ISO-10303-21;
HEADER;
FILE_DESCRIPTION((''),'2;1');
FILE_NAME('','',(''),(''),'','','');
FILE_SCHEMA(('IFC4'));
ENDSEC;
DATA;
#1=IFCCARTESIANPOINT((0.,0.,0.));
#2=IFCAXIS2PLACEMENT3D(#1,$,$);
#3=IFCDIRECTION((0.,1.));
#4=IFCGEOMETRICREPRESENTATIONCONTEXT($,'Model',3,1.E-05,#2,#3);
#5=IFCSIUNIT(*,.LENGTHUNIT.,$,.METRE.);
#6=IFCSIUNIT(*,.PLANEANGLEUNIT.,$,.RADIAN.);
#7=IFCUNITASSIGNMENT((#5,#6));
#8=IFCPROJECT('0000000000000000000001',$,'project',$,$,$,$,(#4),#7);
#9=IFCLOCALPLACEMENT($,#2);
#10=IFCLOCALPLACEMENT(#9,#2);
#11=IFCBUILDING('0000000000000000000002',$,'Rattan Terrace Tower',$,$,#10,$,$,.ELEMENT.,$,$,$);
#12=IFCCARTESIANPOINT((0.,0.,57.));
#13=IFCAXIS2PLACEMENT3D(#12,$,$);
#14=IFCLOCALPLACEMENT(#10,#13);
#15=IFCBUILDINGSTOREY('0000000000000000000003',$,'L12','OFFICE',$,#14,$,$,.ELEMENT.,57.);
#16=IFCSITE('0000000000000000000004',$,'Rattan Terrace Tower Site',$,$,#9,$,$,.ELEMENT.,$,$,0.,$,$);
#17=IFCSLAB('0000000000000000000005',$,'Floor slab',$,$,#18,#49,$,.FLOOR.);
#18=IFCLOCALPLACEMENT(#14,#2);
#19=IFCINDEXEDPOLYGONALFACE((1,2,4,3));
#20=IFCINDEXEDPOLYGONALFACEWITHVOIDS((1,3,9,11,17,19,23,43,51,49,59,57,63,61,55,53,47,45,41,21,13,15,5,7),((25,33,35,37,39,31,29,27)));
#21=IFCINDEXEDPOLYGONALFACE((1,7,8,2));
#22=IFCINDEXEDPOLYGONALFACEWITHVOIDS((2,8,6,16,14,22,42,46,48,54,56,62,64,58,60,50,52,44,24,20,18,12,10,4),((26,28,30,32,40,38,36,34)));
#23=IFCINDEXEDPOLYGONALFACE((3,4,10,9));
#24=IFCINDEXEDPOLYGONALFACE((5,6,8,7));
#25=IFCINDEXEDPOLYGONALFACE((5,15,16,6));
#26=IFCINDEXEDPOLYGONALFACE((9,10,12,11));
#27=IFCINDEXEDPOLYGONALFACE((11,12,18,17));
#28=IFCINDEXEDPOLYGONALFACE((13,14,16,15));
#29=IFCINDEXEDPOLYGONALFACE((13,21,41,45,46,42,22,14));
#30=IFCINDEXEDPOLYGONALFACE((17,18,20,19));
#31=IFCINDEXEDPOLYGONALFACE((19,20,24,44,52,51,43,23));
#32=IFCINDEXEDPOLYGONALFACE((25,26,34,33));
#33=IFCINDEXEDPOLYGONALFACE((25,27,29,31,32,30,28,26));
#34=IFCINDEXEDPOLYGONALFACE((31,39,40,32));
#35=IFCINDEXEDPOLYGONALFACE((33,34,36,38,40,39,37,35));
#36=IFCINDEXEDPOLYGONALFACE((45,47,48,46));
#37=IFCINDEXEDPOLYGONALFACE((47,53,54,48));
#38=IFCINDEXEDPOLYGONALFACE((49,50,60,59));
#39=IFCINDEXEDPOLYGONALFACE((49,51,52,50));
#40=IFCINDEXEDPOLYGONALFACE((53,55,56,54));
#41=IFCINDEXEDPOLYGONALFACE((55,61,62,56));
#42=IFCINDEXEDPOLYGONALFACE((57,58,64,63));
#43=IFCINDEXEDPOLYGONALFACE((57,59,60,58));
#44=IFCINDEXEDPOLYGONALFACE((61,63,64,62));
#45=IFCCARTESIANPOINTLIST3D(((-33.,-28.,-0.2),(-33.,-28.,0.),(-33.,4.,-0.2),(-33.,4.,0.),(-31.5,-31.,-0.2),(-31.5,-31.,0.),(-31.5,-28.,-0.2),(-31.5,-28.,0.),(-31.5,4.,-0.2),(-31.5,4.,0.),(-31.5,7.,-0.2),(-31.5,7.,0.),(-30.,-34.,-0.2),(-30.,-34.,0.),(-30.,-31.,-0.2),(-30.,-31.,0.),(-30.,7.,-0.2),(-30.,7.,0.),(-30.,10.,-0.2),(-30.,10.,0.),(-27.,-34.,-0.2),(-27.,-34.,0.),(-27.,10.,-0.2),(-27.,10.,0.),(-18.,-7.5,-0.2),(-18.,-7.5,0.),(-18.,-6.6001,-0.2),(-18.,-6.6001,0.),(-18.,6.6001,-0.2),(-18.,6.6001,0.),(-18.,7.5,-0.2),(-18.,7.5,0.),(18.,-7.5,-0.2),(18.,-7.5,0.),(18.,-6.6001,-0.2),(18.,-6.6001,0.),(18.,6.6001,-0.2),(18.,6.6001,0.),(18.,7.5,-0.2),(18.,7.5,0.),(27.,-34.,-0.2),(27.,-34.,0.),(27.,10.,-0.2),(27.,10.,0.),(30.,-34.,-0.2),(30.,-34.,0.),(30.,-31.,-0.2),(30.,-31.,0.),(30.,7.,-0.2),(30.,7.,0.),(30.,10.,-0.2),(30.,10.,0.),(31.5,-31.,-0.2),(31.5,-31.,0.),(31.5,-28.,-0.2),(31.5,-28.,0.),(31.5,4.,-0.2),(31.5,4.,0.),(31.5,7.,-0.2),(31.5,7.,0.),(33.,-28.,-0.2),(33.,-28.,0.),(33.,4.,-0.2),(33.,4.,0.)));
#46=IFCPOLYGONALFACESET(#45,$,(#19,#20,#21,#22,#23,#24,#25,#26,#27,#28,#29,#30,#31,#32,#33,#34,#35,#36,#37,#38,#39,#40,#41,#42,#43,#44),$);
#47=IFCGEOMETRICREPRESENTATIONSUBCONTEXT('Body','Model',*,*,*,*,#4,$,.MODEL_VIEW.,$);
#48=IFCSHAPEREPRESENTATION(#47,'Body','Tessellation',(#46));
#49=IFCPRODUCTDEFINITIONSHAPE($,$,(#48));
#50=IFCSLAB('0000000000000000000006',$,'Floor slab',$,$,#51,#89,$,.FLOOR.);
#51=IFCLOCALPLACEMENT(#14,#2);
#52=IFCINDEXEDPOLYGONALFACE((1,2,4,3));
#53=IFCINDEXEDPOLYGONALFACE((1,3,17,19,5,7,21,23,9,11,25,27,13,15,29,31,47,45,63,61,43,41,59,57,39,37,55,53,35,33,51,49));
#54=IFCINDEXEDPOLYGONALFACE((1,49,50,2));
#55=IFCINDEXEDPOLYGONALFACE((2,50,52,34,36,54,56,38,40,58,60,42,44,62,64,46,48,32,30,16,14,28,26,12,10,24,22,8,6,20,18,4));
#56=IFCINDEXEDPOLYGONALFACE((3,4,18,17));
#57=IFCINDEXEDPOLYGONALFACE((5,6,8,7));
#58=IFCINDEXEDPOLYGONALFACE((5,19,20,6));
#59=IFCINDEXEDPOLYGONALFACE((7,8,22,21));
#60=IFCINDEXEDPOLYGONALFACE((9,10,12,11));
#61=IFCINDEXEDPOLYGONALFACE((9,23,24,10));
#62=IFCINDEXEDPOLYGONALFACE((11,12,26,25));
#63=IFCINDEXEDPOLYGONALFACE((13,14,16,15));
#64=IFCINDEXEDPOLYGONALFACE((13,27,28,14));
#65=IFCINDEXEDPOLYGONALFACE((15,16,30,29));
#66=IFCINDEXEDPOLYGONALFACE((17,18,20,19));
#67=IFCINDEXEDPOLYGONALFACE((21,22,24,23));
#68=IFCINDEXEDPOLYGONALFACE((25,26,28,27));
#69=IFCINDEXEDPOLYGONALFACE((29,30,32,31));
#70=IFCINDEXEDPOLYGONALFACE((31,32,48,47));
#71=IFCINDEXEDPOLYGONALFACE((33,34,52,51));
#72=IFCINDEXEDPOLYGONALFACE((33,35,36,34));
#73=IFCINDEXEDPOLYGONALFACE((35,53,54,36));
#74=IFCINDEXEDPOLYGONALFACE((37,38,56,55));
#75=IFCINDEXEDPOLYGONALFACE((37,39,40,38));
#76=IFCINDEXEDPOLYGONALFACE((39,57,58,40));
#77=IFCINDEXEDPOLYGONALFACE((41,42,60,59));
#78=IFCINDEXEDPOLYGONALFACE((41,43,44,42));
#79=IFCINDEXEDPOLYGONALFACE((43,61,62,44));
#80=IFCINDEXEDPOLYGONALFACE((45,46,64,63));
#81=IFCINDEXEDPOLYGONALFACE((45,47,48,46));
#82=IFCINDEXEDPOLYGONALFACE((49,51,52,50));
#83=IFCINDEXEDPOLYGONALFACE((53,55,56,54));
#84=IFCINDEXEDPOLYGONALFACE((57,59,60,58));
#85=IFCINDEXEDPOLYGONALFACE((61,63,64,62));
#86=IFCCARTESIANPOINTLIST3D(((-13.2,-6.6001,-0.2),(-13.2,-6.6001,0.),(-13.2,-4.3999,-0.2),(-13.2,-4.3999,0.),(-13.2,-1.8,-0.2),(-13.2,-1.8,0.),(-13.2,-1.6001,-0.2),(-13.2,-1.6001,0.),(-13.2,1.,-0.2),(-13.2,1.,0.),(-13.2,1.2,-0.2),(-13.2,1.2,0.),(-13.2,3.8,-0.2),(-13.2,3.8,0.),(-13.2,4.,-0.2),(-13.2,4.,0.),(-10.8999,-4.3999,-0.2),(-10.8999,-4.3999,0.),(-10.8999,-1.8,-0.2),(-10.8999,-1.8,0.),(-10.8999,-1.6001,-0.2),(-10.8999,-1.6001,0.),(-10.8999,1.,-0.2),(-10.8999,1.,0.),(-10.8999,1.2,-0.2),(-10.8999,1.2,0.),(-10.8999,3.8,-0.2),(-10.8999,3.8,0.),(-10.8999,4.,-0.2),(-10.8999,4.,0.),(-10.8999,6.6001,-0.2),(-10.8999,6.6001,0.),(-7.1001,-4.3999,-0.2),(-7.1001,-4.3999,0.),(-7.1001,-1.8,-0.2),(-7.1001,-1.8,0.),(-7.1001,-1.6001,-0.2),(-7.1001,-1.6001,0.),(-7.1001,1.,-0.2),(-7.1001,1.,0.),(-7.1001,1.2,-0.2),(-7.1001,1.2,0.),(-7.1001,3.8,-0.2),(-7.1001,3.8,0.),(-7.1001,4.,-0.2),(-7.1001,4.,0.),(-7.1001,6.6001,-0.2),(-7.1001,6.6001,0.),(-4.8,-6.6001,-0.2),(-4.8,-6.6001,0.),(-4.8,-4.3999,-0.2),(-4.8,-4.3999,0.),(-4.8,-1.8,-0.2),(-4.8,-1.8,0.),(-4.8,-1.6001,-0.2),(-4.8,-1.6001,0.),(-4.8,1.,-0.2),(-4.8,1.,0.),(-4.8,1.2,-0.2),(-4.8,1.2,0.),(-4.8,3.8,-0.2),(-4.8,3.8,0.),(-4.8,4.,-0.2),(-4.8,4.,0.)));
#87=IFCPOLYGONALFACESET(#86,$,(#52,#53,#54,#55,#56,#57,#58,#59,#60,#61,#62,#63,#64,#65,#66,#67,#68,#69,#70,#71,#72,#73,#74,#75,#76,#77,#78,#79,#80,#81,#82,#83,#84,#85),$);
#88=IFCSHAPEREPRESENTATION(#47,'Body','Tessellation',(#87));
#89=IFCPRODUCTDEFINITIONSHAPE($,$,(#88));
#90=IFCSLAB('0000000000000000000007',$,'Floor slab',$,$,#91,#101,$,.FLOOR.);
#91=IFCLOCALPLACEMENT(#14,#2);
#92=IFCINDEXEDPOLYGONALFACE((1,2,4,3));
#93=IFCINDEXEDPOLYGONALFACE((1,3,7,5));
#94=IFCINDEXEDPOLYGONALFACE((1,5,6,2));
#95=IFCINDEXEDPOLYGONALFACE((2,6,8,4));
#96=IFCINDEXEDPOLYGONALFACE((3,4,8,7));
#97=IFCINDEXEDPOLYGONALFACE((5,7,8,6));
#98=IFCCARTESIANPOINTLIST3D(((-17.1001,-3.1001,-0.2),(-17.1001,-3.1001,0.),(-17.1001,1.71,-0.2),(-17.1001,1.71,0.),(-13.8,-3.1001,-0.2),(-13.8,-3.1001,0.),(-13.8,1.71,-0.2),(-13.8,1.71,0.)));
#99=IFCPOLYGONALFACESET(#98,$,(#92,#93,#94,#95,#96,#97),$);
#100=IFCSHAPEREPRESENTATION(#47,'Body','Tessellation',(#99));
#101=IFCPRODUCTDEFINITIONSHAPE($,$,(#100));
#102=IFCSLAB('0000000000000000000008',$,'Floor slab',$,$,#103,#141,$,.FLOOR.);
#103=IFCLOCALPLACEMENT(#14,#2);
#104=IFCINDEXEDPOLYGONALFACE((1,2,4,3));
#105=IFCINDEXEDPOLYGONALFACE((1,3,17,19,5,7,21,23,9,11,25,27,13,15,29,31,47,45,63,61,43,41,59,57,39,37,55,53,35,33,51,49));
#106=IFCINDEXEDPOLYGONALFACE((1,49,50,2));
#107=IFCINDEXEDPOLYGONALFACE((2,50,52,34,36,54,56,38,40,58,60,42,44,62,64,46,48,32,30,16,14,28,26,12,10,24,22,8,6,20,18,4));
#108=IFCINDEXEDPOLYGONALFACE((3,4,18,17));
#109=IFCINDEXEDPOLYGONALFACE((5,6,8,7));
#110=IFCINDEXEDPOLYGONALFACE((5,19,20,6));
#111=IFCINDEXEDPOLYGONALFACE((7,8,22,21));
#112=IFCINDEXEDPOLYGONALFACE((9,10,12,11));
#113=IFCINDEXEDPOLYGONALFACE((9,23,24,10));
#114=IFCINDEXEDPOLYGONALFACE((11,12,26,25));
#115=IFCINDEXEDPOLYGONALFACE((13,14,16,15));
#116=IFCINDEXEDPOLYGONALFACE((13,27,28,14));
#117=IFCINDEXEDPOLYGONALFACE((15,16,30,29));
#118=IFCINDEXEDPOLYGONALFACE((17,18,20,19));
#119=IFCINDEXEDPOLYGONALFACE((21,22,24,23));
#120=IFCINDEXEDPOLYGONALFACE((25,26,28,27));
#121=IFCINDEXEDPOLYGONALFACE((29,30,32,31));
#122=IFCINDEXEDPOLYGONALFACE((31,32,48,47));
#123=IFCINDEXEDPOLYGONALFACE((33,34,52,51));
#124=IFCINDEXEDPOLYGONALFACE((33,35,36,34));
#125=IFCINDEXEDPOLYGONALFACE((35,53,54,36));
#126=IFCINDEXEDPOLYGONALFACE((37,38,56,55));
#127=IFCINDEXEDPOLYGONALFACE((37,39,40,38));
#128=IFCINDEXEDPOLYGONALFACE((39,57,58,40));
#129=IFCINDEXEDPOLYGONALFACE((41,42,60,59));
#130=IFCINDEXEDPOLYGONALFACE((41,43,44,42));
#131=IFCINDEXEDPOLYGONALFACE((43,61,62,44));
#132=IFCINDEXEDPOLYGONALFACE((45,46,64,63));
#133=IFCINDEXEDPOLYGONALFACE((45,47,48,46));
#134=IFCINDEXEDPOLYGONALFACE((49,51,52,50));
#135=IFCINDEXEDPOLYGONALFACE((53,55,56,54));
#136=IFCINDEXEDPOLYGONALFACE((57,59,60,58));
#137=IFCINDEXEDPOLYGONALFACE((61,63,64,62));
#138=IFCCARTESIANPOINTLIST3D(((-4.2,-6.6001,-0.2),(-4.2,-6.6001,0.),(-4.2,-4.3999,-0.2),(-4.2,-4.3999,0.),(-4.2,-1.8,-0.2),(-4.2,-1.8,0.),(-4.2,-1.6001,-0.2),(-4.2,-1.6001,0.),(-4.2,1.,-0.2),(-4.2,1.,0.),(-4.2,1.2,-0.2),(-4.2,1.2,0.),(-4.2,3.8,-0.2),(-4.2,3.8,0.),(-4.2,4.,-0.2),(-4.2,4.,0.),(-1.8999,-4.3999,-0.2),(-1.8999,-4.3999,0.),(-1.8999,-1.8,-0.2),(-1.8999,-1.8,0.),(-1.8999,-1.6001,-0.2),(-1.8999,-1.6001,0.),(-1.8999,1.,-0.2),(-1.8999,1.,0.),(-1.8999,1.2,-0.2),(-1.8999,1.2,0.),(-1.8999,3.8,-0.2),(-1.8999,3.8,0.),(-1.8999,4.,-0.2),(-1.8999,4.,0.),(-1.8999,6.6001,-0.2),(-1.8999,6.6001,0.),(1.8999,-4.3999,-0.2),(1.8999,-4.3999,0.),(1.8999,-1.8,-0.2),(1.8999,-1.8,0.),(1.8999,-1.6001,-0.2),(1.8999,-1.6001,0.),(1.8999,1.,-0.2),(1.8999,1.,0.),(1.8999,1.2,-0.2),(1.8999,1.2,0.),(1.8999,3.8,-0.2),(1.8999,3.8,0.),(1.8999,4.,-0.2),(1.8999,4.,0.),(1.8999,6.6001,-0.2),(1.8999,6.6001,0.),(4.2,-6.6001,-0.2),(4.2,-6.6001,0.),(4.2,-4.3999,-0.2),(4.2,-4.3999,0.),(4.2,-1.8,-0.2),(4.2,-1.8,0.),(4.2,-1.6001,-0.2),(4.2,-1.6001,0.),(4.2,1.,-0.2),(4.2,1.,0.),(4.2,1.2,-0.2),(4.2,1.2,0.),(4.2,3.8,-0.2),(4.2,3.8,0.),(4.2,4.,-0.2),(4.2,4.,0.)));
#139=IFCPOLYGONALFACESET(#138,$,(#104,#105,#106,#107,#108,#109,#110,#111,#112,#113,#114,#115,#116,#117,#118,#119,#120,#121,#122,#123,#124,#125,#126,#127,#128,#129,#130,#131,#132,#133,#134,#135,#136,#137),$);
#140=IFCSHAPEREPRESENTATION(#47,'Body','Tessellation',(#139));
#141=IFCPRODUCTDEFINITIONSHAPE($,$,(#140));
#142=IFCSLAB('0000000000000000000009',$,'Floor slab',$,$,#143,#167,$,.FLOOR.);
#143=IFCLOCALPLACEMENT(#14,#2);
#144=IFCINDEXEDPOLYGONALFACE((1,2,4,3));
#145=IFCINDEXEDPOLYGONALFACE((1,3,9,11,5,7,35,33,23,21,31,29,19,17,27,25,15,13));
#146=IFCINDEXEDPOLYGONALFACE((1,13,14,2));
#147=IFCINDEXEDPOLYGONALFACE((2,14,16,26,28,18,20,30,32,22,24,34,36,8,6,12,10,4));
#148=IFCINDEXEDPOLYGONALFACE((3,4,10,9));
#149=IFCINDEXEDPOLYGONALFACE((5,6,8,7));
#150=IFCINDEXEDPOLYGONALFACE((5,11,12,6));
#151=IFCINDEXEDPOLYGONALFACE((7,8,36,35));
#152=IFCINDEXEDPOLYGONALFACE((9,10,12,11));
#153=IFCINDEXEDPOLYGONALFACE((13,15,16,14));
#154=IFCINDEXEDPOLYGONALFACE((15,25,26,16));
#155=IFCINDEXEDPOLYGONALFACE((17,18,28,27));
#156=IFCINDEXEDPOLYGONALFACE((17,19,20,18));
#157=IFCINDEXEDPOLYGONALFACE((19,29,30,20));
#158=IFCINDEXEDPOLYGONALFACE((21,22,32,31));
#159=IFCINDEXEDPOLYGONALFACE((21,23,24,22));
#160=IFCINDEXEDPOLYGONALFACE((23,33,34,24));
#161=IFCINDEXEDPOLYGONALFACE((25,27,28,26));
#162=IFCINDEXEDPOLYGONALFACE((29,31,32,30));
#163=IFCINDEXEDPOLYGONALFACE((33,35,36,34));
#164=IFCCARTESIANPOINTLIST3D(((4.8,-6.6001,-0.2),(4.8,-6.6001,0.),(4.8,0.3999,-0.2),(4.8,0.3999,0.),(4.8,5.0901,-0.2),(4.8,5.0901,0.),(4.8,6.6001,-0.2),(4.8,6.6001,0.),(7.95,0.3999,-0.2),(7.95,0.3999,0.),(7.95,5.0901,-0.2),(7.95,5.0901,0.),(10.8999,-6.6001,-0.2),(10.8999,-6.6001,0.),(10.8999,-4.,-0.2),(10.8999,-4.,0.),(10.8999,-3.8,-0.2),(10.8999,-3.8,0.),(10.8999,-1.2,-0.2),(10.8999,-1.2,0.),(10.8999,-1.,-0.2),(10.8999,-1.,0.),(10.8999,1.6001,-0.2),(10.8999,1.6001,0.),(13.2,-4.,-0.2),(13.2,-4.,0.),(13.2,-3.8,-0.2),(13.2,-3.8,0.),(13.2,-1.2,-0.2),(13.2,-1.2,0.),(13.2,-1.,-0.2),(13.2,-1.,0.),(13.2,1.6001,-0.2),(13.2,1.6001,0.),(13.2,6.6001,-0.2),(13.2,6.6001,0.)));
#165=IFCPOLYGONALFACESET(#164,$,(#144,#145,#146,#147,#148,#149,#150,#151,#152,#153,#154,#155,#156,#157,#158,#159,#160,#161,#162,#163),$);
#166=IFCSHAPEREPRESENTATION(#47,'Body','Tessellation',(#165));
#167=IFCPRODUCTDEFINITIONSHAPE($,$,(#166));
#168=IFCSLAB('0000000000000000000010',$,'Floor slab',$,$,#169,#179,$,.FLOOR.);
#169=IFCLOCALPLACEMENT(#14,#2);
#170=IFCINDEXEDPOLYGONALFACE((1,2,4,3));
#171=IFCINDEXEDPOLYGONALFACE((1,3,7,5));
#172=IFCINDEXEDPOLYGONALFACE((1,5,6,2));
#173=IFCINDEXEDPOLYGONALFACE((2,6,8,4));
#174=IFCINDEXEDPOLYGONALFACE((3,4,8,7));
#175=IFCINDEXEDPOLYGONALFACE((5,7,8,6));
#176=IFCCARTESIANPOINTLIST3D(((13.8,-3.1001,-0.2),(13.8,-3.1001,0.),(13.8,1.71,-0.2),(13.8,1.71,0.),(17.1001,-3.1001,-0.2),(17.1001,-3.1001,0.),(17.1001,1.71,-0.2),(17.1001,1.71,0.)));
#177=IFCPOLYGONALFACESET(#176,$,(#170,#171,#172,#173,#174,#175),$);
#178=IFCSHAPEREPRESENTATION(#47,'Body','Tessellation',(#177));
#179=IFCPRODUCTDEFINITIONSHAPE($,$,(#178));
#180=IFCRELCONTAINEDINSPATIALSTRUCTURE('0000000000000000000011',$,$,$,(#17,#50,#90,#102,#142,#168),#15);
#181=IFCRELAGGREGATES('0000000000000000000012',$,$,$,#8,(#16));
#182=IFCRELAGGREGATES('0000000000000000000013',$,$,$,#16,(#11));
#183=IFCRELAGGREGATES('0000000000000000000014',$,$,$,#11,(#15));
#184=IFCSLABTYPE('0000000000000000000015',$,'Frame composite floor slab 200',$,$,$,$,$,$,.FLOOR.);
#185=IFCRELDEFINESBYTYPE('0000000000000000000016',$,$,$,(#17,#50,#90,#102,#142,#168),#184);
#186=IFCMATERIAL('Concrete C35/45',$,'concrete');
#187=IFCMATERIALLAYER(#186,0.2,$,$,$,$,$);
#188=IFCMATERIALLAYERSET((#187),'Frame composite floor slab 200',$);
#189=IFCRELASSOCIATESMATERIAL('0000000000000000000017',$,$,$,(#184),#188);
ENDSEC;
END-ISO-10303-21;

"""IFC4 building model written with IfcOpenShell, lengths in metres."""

from ifc_helpers import new_model, si_unit, direction, frame, origin, place, context, subcontext, project, spatial, polyline, outline, extrude, material, layer, layer_set, type_object, element, save


model = new_model("IFC4")

# Units and contexts
model_context = context("Model", 3, precision=1e-05, world=origin(), true_north=direction((0.0, 1.0)))
body_context = subcontext(model_context, "Body", "Model", "MODEL_VIEW")
ifc_project = project(units=[si_unit("LENGTHUNIT", "METRE"), si_unit("PLANEANGLEUNIT", "RADIAN")], contexts=[model_context])

# Site, building, storey
site_placement = place(None, origin())
site = spatial("IfcSite", under=ifc_project, at=site_placement, Name="Rattan Terrace Tower Site", CompositionType="ELEMENT", RefElevation=0.0)
building_placement = place(site_placement, origin())
building = spatial("IfcBuilding", under=site, at=building_placement, Name="Rattan Terrace Tower", CompositionType="ELEMENT")
storey_placement = place(building_placement, frame((0.0, 0.0, 57.0)))
storey = spatial("IfcBuildingStorey", under=building, at=storey_placement, Name="L12", Description="OFFICE", CompositionType="ELEMENT", Elevation=57.0)

# Slabs
ifc_material_1 = material(Name="Concrete C35/45", Category="concrete")
ifc_layer_1 = layer(ifc_material_1, 0.2)
ifc_layer_set_1 = layer_set([ifc_layer_1], Name="Frame composite floor slab 200")
slab_type = type_object("IfcSlabType", Name="Frame composite floor slab 200", PredefinedType="FLOOR", material=ifc_layer_set_1)
slab_1_placement = place(storey_placement, frame((0.0, 0.0, -0.2)))
element("IfcSlab", 1, at=slab_1_placement, inside=storey, type_object=slab_type, Name="Floor slab", PredefinedType="FLOOR", context=body_context, shape_type="SweptSolid", body=[
    extrude(outline(polyline([(-27.0, -34.0), (27.0, -34.0), (30.0, -34.0), (30.0, -31.0), (31.5, -31.0), (31.5, -28.0), (33.0, -28.0), (33.0, 4.0), (31.5, 4.0), (31.5, 7.0), (30.0, 7.0), (30.0, 10.0), (27.0, 10.0), (-27.0, 10.0), (-30.0, 10.0), (-30.0, 7.0), (-31.5, 7.0), (-31.5, 4.0), (-33.0, 4.0), (-33.0, -28.0), (-31.5, -28.0), (-31.5, -31.0), (-30.0, -31.0), (-30.0, -34.0), (-27.0, -34.0)]), holes=[polyline([(-18.0, -6.6001), (-18.0, -7.5), (18.0, -7.5), (18.0, -6.6001), (18.0, 6.6001), (18.0, 7.5), (-18.0, 7.5), (-18.0, 6.6001), (-18.0, -6.6001)])]), origin(), (0.0, 0.0, 1.0), 0.2),
])
slab_2_placement = place(storey_placement, frame((0.0, 0.0, -0.2)))
element("IfcSlab", 2, at=slab_2_placement, inside=storey, type_object=slab_type, Name="Floor slab", PredefinedType="FLOOR", context=body_context, shape_type="SweptSolid", body=[
    extrude(outline(polyline([(-10.8999, 6.6001), (-10.8999, 4.0), (-13.2, 4.0), (-13.2, 3.8), (-10.8999, 3.8), (-10.8999, 1.2), (-13.2, 1.2), (-13.2, 1.0), (-10.8999, 1.0), (-10.8999, -1.6001), (-13.2, -1.6001), (-13.2, -1.8), (-10.8999, -1.8), (-10.8999, -4.3999), (-13.2, -4.3999), (-13.2, -6.6001), (-4.8, -6.6001), (-4.8, -4.3999), (-7.1001, -4.3999), (-7.1001, -1.8), (-4.8, -1.8), (-4.8, -1.6001), (-7.1001, -1.6001), (-7.1001, 1.0), (-4.8, 1.0), (-4.8, 1.2), (-7.1001, 1.2), (-7.1001, 3.8), (-4.8, 3.8), (-4.8, 4.0), (-7.1001, 4.0), (-7.1001, 6.6001), (-10.8999, 6.6001)])), origin(), (0.0, 0.0, 1.0), 0.2),
])
slab_3_placement = place(storey_placement, frame((0.0, 0.0, -0.2)))
element("IfcSlab", 3, at=slab_3_placement, inside=storey, type_object=slab_type, Name="Floor slab", PredefinedType="FLOOR", context=body_context, shape_type="SweptSolid", body=[
    extrude(outline(polyline([(-17.1001, -3.1001), (-13.8, -3.1001), (-13.8, 1.71), (-17.1001, 1.71), (-17.1001, -3.1001)])), origin(), (0.0, 0.0, 1.0), 0.2),
])
slab_4_placement = place(storey_placement, frame((0.0, 0.0, -0.2)))
element("IfcSlab", 4, at=slab_4_placement, inside=storey, type_object=slab_type, Name="Floor slab", PredefinedType="FLOOR", context=body_context, shape_type="SweptSolid", body=[
    extrude(outline(polyline([(-4.2, 4.0), (-4.2, 3.8), (-1.8999, 3.8), (-1.8999, 1.2), (-4.2, 1.2), (-4.2, 1.0), (-1.8999, 1.0), (-1.8999, -1.6001), (-4.2, -1.6001), (-4.2, -1.8), (-1.8999, -1.8), (-1.8999, -4.3999), (-4.2, -4.3999), (-4.2, -6.6001), (4.2, -6.6001), (4.2, -4.3999), (1.8999, -4.3999), (1.8999, -1.8), (4.2, -1.8), (4.2, -1.6001), (1.8999, -1.6001), (1.8999, 1.0), (4.2, 1.0), (4.2, 1.2), (1.8999, 1.2), (1.8999, 3.8), (4.2, 3.8), (4.2, 4.0), (1.8999, 4.0), (1.8999, 6.6001), (-1.8999, 6.6001), (-1.8999, 4.0), (-4.2, 4.0)])), origin(), (0.0, 0.0, 1.0), 0.2),
])
slab_5_placement = place(storey_placement, frame((0.0, 0.0, -0.2)))
element("IfcSlab", 5, at=slab_5_placement, inside=storey, type_object=slab_type, Name="Floor slab", PredefinedType="FLOOR", context=body_context, shape_type="SweptSolid", body=[
    extrude(outline(polyline([(4.8, 5.0901), (7.95, 5.0901), (7.95, 0.3999), (4.8, 0.3999), (4.8, -6.6001), (10.8999, -6.6001), (10.8999, -4.0), (13.2, -4.0), (13.2, -3.8), (10.8999, -3.8), (10.8999, -1.2), (13.2, -1.2), (13.2, -1.0), (10.8999, -1.0), (10.8999, 1.6001), (13.2, 1.6001), (13.2, 6.6001), (4.8, 6.6001), (4.8, 5.0901)])), origin(), (0.0, 0.0, 1.0), 0.2),
])
slab_6_placement = place(storey_placement, frame((0.0, 0.0, -0.2)))
element("IfcSlab", 6, at=slab_6_placement, inside=storey, type_object=slab_type, Name="Floor slab", PredefinedType="FLOOR", context=body_context, shape_type="SweptSolid", body=[
    extrude(outline(polyline([(13.8, -3.1001), (17.1001, -3.1001), (17.1001, 1.71), (13.8, 1.71), (13.8, -3.1001)])), origin(), (0.0, 0.0, 1.0), 0.2),
])

save(model, "model.ifc")
